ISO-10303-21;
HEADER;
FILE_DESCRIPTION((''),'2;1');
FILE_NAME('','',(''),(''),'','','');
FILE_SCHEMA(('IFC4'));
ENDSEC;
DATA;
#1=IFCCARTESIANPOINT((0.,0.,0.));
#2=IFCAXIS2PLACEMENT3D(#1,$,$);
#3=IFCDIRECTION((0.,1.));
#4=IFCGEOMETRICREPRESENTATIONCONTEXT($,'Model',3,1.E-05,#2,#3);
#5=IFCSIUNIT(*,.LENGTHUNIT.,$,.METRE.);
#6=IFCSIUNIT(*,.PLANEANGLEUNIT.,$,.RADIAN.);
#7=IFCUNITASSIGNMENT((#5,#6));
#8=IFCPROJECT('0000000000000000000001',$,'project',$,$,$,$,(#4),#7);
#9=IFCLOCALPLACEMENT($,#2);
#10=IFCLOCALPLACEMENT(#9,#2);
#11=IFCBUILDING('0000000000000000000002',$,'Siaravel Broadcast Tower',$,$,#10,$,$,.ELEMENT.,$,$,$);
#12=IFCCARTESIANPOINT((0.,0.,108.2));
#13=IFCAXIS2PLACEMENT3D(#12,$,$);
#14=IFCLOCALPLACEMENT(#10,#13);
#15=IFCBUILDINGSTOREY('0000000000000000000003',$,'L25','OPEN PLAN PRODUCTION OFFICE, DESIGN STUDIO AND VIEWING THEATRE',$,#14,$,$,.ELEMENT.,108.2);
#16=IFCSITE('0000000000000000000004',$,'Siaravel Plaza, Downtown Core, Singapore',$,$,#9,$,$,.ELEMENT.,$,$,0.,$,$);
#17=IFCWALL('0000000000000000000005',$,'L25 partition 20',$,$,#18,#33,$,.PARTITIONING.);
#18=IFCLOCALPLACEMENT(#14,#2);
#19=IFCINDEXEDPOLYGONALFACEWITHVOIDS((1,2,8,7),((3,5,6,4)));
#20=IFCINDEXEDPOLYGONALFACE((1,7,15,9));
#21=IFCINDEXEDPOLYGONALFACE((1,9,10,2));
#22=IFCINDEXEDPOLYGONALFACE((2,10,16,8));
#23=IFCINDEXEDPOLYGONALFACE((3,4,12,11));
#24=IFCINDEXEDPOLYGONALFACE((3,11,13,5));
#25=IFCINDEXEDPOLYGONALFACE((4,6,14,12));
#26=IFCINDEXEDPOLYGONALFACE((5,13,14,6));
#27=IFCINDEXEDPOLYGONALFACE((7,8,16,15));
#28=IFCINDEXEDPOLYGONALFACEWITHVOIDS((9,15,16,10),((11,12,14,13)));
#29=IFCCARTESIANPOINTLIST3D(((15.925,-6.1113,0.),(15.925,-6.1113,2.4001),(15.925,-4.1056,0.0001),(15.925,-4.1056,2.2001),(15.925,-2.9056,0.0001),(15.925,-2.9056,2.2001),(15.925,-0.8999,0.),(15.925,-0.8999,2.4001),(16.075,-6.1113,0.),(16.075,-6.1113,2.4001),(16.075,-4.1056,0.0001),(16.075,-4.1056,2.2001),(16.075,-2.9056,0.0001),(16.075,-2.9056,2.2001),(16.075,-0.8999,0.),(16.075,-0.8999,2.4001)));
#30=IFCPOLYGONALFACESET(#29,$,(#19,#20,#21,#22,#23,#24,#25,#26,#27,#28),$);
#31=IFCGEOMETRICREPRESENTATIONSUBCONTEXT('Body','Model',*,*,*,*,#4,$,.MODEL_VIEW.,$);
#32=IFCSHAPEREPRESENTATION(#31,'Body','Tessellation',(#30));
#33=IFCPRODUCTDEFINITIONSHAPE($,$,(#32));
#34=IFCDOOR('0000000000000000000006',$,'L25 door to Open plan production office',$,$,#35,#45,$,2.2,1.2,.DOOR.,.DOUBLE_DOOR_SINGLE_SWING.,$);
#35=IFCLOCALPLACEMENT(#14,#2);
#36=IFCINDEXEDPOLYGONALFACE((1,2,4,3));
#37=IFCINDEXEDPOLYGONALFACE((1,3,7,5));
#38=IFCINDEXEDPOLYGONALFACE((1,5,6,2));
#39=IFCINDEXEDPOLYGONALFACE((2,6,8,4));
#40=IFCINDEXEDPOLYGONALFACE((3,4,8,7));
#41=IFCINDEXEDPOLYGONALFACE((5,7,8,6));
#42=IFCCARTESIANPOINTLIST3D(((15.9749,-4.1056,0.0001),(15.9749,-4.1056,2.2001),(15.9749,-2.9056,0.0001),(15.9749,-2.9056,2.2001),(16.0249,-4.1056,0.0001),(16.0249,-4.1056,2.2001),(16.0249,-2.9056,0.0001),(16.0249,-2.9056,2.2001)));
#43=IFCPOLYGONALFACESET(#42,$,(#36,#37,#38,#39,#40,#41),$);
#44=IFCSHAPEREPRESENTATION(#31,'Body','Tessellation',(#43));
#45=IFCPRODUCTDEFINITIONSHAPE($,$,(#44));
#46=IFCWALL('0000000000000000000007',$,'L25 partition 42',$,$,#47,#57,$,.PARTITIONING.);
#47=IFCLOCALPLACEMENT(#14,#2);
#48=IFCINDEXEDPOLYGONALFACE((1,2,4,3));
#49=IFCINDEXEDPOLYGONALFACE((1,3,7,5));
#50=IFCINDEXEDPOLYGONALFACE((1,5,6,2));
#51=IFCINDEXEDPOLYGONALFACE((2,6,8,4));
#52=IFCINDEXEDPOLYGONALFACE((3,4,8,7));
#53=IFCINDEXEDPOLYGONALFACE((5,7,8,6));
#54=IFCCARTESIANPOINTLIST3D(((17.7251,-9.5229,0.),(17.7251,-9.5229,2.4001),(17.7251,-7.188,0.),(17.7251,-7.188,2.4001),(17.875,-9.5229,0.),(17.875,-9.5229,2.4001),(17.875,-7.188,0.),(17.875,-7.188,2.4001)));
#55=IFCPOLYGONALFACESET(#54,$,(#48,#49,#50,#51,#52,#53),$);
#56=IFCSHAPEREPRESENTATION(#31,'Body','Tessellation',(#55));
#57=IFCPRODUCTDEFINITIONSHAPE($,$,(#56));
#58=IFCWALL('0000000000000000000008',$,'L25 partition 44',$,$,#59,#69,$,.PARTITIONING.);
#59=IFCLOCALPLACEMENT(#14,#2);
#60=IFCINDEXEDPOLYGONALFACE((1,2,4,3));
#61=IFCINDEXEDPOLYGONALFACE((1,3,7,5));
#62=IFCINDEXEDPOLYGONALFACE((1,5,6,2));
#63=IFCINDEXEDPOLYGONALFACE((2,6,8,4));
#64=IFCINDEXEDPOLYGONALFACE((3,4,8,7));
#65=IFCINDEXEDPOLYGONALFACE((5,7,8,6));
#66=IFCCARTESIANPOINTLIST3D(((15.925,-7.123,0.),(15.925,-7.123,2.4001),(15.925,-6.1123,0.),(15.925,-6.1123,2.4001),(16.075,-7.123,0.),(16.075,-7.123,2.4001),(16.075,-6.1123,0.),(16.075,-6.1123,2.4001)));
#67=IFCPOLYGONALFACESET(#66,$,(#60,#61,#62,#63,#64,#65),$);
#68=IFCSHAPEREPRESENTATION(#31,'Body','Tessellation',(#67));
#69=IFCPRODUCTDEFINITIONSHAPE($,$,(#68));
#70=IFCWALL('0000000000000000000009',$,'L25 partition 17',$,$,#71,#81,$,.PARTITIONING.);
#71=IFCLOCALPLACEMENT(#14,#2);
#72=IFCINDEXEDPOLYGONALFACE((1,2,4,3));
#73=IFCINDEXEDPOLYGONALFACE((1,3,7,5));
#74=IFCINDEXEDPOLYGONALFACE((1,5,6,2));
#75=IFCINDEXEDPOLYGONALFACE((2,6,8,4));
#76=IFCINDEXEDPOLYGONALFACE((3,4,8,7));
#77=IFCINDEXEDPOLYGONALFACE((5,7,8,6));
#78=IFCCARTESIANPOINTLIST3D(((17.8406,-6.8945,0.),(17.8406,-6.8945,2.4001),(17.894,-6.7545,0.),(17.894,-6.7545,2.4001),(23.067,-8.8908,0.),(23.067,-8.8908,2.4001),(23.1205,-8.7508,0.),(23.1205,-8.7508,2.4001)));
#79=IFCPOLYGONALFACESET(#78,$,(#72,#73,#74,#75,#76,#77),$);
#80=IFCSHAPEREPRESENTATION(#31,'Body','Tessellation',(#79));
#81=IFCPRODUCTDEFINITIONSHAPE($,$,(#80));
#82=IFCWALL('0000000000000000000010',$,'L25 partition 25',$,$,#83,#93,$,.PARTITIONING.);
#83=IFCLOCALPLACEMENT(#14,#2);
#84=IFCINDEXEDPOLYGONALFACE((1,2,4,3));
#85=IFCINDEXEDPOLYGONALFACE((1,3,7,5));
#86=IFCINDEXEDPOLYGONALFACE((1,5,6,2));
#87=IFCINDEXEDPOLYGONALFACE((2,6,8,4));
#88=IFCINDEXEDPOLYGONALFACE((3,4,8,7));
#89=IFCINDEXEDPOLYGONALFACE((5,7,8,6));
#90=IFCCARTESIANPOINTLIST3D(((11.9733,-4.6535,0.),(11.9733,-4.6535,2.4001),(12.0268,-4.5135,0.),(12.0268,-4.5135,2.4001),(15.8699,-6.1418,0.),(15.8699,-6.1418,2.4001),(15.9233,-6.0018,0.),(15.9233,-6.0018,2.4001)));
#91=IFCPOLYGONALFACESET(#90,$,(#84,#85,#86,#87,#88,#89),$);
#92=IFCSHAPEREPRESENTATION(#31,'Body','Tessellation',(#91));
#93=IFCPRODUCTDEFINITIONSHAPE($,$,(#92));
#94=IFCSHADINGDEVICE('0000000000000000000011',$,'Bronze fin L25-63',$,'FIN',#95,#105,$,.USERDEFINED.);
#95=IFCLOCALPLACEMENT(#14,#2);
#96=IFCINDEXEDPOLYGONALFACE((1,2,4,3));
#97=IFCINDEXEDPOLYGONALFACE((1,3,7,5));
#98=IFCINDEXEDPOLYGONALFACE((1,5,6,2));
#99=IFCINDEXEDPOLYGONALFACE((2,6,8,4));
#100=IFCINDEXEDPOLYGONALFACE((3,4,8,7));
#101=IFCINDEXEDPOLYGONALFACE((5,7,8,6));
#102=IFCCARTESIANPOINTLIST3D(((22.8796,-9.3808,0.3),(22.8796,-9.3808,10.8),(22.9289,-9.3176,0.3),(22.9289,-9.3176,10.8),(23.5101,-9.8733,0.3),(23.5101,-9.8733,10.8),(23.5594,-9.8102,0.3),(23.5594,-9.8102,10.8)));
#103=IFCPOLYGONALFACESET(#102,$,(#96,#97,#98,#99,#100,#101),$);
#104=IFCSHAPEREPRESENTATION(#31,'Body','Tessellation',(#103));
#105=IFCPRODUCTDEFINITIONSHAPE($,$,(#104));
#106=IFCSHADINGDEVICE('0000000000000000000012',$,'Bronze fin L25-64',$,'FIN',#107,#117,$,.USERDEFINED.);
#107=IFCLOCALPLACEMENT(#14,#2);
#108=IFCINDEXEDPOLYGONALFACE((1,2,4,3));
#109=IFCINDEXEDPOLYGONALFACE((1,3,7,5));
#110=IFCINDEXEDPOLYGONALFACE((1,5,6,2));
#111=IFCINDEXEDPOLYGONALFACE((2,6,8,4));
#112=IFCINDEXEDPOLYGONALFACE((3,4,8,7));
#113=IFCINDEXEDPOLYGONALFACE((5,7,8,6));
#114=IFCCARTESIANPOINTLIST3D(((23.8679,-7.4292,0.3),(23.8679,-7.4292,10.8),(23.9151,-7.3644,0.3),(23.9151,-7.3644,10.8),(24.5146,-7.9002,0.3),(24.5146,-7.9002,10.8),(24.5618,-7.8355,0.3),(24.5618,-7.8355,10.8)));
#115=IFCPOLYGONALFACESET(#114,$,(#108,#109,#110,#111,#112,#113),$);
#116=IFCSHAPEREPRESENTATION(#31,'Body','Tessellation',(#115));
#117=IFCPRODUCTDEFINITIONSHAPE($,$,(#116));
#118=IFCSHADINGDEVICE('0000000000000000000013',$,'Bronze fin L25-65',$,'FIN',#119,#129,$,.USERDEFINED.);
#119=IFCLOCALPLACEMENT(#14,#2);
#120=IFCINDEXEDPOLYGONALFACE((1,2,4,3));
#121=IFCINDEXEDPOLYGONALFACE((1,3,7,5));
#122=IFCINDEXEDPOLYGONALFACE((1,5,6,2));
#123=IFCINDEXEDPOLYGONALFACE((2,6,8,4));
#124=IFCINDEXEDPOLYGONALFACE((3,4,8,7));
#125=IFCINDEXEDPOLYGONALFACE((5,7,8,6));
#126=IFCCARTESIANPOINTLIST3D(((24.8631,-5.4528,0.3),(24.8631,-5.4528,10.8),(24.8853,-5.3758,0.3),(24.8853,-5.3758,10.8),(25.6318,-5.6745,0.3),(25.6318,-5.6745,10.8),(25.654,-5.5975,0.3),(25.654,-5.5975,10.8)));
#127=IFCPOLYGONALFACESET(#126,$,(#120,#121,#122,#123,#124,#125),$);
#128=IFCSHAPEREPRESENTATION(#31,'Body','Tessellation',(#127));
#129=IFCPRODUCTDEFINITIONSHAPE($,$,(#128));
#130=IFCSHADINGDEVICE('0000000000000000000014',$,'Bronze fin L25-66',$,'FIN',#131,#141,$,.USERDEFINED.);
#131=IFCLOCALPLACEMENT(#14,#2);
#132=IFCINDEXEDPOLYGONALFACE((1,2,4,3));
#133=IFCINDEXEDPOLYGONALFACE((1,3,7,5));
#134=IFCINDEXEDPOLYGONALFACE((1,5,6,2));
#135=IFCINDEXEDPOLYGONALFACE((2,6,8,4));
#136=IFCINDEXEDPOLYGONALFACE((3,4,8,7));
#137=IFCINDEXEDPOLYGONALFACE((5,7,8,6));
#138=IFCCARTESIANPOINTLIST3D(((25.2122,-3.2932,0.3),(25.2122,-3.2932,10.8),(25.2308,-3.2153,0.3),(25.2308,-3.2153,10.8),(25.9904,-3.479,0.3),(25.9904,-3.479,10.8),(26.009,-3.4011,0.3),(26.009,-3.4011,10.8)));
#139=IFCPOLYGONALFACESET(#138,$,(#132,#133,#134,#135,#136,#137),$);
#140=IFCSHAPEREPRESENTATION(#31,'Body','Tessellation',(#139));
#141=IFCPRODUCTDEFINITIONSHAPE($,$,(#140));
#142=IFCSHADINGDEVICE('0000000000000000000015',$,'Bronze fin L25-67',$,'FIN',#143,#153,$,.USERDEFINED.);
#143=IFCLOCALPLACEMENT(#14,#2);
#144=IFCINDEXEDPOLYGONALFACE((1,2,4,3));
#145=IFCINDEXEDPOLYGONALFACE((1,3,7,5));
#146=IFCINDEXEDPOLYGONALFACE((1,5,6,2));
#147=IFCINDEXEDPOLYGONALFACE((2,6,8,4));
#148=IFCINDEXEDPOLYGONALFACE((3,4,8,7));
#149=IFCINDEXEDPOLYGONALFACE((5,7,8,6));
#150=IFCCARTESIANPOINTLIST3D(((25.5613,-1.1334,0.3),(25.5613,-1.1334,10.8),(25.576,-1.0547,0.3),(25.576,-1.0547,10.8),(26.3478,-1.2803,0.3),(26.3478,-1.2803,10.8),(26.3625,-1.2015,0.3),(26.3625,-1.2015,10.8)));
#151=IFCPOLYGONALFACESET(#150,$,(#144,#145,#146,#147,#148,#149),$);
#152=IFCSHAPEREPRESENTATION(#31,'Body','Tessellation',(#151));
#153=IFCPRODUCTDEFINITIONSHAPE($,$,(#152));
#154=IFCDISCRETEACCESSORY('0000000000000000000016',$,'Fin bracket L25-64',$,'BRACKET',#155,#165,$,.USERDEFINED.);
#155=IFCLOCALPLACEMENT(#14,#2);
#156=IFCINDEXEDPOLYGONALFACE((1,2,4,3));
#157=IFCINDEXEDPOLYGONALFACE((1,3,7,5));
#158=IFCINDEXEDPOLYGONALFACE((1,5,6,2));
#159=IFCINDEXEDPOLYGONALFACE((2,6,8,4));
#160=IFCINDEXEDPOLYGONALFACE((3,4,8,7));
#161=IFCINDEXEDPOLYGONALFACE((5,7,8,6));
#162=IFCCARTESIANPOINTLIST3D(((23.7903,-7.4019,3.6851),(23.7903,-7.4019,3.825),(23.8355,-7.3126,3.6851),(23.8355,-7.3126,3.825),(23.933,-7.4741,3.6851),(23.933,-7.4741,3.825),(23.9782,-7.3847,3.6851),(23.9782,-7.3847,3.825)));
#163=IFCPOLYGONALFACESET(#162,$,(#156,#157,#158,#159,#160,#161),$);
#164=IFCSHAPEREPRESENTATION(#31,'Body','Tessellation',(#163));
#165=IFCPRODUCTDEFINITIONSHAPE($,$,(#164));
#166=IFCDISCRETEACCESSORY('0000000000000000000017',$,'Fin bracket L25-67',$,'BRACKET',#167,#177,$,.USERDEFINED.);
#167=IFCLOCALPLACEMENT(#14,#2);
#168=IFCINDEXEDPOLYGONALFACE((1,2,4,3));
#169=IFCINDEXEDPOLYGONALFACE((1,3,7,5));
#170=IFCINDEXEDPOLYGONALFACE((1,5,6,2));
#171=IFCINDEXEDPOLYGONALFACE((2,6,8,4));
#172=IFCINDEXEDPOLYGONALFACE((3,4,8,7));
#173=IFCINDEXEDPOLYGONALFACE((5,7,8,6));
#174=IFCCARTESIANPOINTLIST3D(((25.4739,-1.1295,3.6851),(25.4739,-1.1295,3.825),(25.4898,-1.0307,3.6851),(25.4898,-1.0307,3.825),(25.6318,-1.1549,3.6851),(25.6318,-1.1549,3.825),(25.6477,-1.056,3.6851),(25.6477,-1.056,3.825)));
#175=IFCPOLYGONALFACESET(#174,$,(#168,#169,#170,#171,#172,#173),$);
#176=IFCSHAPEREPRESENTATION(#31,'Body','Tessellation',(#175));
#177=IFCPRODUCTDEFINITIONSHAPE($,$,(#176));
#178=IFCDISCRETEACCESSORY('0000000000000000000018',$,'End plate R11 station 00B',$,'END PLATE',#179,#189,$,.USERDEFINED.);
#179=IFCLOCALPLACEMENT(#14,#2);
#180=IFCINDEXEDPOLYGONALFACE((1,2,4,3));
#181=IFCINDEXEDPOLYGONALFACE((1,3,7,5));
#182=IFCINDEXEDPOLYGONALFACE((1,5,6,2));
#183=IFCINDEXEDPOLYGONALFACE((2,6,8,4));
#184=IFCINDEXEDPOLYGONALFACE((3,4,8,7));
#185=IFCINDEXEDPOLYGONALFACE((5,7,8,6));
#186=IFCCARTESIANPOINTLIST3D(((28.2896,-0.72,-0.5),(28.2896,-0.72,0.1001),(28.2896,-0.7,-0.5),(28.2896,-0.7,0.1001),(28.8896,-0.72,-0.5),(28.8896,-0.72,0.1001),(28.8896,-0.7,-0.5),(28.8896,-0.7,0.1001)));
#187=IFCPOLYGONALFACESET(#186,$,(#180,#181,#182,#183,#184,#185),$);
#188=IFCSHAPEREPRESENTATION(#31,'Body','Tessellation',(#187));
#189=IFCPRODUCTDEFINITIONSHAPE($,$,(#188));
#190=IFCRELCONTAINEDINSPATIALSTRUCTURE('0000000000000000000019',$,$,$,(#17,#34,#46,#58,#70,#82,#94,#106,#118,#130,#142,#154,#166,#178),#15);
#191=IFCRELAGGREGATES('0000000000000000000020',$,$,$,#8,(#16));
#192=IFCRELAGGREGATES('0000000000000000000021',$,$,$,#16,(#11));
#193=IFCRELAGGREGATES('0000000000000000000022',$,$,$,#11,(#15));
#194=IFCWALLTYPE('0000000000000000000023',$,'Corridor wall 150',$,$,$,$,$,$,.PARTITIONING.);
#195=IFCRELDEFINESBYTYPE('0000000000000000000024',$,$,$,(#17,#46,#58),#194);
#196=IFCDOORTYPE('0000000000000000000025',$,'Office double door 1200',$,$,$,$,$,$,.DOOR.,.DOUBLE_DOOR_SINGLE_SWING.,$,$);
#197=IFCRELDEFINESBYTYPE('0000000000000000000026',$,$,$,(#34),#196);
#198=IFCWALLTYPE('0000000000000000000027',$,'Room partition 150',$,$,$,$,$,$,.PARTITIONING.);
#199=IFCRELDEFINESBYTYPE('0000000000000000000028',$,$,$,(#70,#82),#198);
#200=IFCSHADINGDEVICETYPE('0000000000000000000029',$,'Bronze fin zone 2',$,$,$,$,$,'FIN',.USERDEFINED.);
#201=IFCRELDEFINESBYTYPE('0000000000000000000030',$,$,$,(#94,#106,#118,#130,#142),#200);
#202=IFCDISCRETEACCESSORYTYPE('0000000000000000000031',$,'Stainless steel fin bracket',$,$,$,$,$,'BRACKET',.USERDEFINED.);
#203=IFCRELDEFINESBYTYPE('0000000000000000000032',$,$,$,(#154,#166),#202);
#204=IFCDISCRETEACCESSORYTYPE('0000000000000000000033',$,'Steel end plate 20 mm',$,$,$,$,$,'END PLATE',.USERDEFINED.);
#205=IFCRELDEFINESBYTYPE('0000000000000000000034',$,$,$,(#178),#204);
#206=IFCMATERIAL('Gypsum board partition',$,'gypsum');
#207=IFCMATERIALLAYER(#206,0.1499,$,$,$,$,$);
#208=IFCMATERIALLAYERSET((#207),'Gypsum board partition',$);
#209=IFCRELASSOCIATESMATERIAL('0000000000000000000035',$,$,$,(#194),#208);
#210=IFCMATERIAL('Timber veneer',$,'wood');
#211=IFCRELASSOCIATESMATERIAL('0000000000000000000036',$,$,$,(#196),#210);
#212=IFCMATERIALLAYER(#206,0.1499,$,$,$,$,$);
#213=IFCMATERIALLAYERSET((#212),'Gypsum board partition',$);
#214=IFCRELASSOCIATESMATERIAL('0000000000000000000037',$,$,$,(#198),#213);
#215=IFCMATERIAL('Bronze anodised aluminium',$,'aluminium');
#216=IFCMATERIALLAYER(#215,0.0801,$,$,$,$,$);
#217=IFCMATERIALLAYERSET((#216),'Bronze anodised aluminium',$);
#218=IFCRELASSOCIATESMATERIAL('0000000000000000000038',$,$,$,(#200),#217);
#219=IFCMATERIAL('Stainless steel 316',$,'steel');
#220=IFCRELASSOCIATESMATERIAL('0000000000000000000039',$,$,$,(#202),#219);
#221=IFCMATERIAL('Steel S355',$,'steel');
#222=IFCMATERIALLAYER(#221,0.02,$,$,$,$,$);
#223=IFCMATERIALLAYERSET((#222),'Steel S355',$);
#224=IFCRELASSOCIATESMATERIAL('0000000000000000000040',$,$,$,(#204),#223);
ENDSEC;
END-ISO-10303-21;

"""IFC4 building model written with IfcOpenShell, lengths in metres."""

from ifc_helpers import new_model, si_unit, direction, frame, frame_2d, origin, origin_2d, place, context, subcontext, project, spatial, rectangle, extrude, material, layer, layer_set, type_object, element, fill, save


model = new_model("IFC4")

# Units and contexts
model_context = context("Model", 3, precision=1e-05, world=origin(), true_north=direction((0.0, 1.0)))
body_context = subcontext(model_context, "Body", "Model", "MODEL_VIEW")
ifc_project = project(units=[si_unit("LENGTHUNIT", "METRE"), si_unit("PLANEANGLEUNIT", "RADIAN")], contexts=[model_context])

# Site, building, storey
site_placement = place(None, origin())
site = spatial("IfcSite", under=ifc_project, at=site_placement, Name="Siaravel Plaza, Downtown Core, Singapore", CompositionType="ELEMENT", RefElevation=0.0)
building_placement = place(site_placement, origin())
building = spatial("IfcBuilding", under=site, at=building_placement, Name="Siaravel Broadcast Tower", CompositionType="ELEMENT")
storey_placement = place(building_placement, frame((0.0, 0.0, 108.2)))
storey = spatial("IfcBuildingStorey", under=building, at=storey_placement, Name="L25", Description="OPEN PLAN PRODUCTION OFFICE, DESIGN STUDIO AND VIEWING THEATRE", CompositionType="ELEMENT", Elevation=108.2)

# Shared definitions
ifc_material_1 = material(Name="Steel S355", Category="steel")

# Wall, opening, door
ifc_material_2 = material(Name="Gypsum board partition", Category="gypsum")
ifc_layer_1 = layer(ifc_material_2, 0.1499)
ifc_layer_set_1 = layer_set([ifc_layer_1], Name="Gypsum board partition")
wall_type_1 = type_object("IfcWallType", Name="Corridor wall 150", PredefinedType="PARTITIONING", material=ifc_layer_set_1)
ifc_material_3 = material(Name="Timber veneer", Category="wood")
door_type_1 = type_object("IfcDoorType", Name="Office double door 1200", OperationType="DOUBLE_DOOR_SINGLE_SWING", PredefinedType="DOOR", material=ifc_material_3)
wall_1_placement = place(storey_placement, frame((16.0, -0.8999, 0.0), z_axis=(0.0, 0.0, 1.0), x_axis=(0.0, -1.0, 0.0)))
wall_1 = element("IfcWall", 1, at=wall_1_placement, inside=storey, type_object=wall_type_1, Name="L25 partition 20", PredefinedType="PARTITIONING", context=body_context, shape_type="SweptSolid", body=[
    extrude(rectangle(XDim=5.2114, YDim=0.1499, at=frame_2d((2.6057, 0.0))), origin(), (0.0, 0.0, 1.0), 2.4001),
])
opening_1_placement = place(wall_1_placement, frame((2.0056, 0.0, 0.0)))
opening_1 = element("IfcOpeningElement", 2, at=opening_1_placement, cuts=wall_1, PredefinedType="OPENING", context=body_context, shape_type="SweptSolid", body=[
    extrude(rectangle(XDim=1.2, YDim=2.2, at=frame_2d((0.6001, 1.1001))), frame((0.0, 0.085, 0.0), z_axis=(0.0, -1.0, 0.0), x_axis=(1.0, 0.0, 0.0)), (0.0, 0.0, 1.0), 0.1699),
])
door_1_placement = place(opening_1_placement, origin())
door_1 = element("IfcDoor", 3, at=door_1_placement, inside=storey, type_object=door_type_1, Name="L25 door to Open plan production office", OperationType="DOUBLE_DOOR_SINGLE_SWING", OverallHeight=2.2, OverallWidth=1.2, PredefinedType="DOOR", context=body_context, shape_type="SweptSolid", body=[
    extrude(rectangle(XDim=1.2, YDim=2.2, at=frame_2d((0.6001, 1.1001))), frame((0.0, 0.0249, 0.0), z_axis=(0.0, -1.0, 0.0), x_axis=(1.0, 0.0, 0.0)), (0.0, 0.0, 1.0), 0.05),
])
fill(opening_1, door_1)

# Walls
wall_2_placement = place(storey_placement, frame((17.8, -9.5229, 0.0), z_axis=(0.0, 0.0, 1.0), x_axis=(0.0, 1.0, 0.0)))
element("IfcWall", 4, at=wall_2_placement, inside=storey, type_object=wall_type_1, Name="L25 partition 42", PredefinedType="PARTITIONING", context=body_context, shape_type="SweptSolid", body=[
    extrude(rectangle(XDim=2.335, YDim=0.1499, at=frame_2d((1.1675, 0.0))), origin(), (0.0, 0.0, 1.0), 2.4001),
])
wall_3_placement = place(storey_placement, frame((16.0, -6.1123, 0.0), z_axis=(0.0, 0.0, 1.0), x_axis=(0.0, -1.0, 0.0)))
element("IfcWall", 5, at=wall_3_placement, inside=storey, type_object=wall_type_1, Name="L25 partition 44", PredefinedType="PARTITIONING", context=body_context, shape_type="SweptSolid", body=[
    extrude(rectangle(XDim=1.0107, YDim=0.1499, at=frame_2d((0.5054, 0.0))), origin(), (0.0, 0.0, 1.0), 2.4001),
])
ifc_layer_2 = layer(ifc_material_2, 0.1499)
ifc_layer_set_2 = layer_set([ifc_layer_2], Name="Gypsum board partition")
wall_type_2 = type_object("IfcWallType", Name="Room partition 150", PredefinedType="PARTITIONING", material=ifc_layer_set_2)
wall_4_placement = place(storey_placement, frame((23.0938, -8.8208, 0.0), z_axis=(0.0, 0.0, 1.0), x_axis=(-0.934174, 0.356817, 0.0)))
element("IfcWall", 6, at=wall_4_placement, inside=storey, type_object=wall_type_2, Name="L25 partition 17", PredefinedType="PARTITIONING", context=body_context, shape_type="SweptSolid", body=[
    extrude(rectangle(XDim=5.5947, YDim=0.1499, at=frame_2d((2.7974, 0.0))), origin(), (0.0, 0.0, 1.0), 2.4001),
])
wall_5_placement = place(storey_placement, frame((15.8965, -6.0718, 0.0), z_axis=(0.0, 0.0, 1.0), x_axis=(-0.934176, 0.356813, 0.0)))
element("IfcWall", 7, at=wall_5_placement, inside=storey, type_object=wall_type_2, Name="L25 partition 25", PredefinedType="PARTITIONING", context=body_context, shape_type="SweptSolid", body=[
    extrude(rectangle(XDim=4.1711, YDim=0.1499, at=frame_2d((2.0854, 0.0))), origin(), (0.0, 0.0, 1.0), 2.4001),
])

# Shading devices
ifc_material_4 = material(Name="Bronze anodised aluminium", Category="aluminium")
ifc_layer_3 = layer(ifc_material_4, 0.0801)
ifc_layer_set_3 = layer_set([ifc_layer_3], Name="Bronze anodised aluminium")
shading_device_type = type_object("IfcShadingDeviceType", Name="Bronze fin zone 2", ElementType="FIN", PredefinedType="USERDEFINED", material=ifc_layer_set_3)
for number, where, z_axis, x_axis, name in (
    (8, (23.2195, -9.5955, 0.3), (0.0, 0.0, 1.0), (0.788047, -0.615615, 0.0), "Bronze fin L25-63"),
    (9, (24.2148, -7.6323, 0.3), (0.0, 0.0, 1.0), (0.808295, -0.588777, 0.0), "Bronze fin L25-64"),
    (10, (25.2585, -5.5251, 0.3), (0.0, 0.0, 1.0), (0.960846, -0.277082, 0.0), "Bronze fin L25-65"),
    (11, (25.6106, -3.3472, 0.3), (0.0, 0.0, 1.0), (0.972651, -0.232272, 0.0), "Bronze fin L25-66"),
    (12, (25.9619, -1.1675, 0.3), (0.0, 0.0, 1.0), (0.983013, -0.183534, 0.0), "Bronze fin L25-67"),
):
    element("IfcShadingDevice", number, at=place(storey_placement, frame(where, z_axis=z_axis, x_axis=x_axis)), inside=storey, type_object=shading_device_type, Name=name, ObjectType="FIN", PredefinedType="USERDEFINED", context=body_context, shape_type="SweptSolid", body=[
        extrude(rectangle(XDim=0.8, YDim=0.0801, at=origin_2d()), origin(), (0.0, 0.0, 1.0), 10.5),
    ])

# Discrete accessories
ifc_material_5 = material(Name="Stainless steel 316", Category="steel")
discrete_accessory_type_1 = type_object("IfcDiscreteAccessoryType", Name="Stainless steel fin bracket", ElementType="BRACKET", PredefinedType="USERDEFINED", material=ifc_material_5)
for number, where, z_axis, x_axis, name in (
    (13, (23.8843, -7.3933, 3.6851), (0.0, 0.0, 1.0), (0.892392, -0.451261, 0.0), "Fin bracket L25-64"),
    (14, (25.5608, -1.0928, 3.6851), (0.0, 0.0, 1.0), (0.987329, -0.158685, 0.0), "Fin bracket L25-67"),
):
    element("IfcDiscreteAccessory", number, at=place(storey_placement, frame(where, z_axis=z_axis, x_axis=x_axis)), inside=storey, type_object=discrete_accessory_type_1, Name=name, ObjectType="BRACKET", PredefinedType="USERDEFINED", context=body_context, shape_type="SweptSolid", body=[
        extrude(rectangle(XDim=0.1599, YDim=0.1001, at=origin_2d()), origin(), (0.0, 0.0, 1.0), 0.1399),
    ])
ifc_layer_4 = layer(ifc_material_1, 0.02)
ifc_layer_set_4 = layer_set([ifc_layer_4], Name="Steel S355")
discrete_accessory_type_2 = type_object("IfcDiscreteAccessoryType", Name="Steel end plate 20 mm", ElementType="END PLATE", PredefinedType="USERDEFINED", material=ifc_layer_set_4)
discrete_accessory_placement = place(storey_placement, frame((28.5896, -0.71, -0.5), z_axis=(0.0, 0.0, 1.0), x_axis=(0.0, 1.0, 0.0)))
element("IfcDiscreteAccessory", 15, at=discrete_accessory_placement, inside=storey, type_object=discrete_accessory_type_2, Name="End plate R11 station 00B", ObjectType="END PLATE", PredefinedType="USERDEFINED", context=body_context, shape_type="SweptSolid", body=[
    extrude(rectangle(XDim=0.02, YDim=0.6001, at=origin_2d()), origin(), (0.0, 0.0, 1.0), 0.6001),
])

save(model, "model.ifc")
